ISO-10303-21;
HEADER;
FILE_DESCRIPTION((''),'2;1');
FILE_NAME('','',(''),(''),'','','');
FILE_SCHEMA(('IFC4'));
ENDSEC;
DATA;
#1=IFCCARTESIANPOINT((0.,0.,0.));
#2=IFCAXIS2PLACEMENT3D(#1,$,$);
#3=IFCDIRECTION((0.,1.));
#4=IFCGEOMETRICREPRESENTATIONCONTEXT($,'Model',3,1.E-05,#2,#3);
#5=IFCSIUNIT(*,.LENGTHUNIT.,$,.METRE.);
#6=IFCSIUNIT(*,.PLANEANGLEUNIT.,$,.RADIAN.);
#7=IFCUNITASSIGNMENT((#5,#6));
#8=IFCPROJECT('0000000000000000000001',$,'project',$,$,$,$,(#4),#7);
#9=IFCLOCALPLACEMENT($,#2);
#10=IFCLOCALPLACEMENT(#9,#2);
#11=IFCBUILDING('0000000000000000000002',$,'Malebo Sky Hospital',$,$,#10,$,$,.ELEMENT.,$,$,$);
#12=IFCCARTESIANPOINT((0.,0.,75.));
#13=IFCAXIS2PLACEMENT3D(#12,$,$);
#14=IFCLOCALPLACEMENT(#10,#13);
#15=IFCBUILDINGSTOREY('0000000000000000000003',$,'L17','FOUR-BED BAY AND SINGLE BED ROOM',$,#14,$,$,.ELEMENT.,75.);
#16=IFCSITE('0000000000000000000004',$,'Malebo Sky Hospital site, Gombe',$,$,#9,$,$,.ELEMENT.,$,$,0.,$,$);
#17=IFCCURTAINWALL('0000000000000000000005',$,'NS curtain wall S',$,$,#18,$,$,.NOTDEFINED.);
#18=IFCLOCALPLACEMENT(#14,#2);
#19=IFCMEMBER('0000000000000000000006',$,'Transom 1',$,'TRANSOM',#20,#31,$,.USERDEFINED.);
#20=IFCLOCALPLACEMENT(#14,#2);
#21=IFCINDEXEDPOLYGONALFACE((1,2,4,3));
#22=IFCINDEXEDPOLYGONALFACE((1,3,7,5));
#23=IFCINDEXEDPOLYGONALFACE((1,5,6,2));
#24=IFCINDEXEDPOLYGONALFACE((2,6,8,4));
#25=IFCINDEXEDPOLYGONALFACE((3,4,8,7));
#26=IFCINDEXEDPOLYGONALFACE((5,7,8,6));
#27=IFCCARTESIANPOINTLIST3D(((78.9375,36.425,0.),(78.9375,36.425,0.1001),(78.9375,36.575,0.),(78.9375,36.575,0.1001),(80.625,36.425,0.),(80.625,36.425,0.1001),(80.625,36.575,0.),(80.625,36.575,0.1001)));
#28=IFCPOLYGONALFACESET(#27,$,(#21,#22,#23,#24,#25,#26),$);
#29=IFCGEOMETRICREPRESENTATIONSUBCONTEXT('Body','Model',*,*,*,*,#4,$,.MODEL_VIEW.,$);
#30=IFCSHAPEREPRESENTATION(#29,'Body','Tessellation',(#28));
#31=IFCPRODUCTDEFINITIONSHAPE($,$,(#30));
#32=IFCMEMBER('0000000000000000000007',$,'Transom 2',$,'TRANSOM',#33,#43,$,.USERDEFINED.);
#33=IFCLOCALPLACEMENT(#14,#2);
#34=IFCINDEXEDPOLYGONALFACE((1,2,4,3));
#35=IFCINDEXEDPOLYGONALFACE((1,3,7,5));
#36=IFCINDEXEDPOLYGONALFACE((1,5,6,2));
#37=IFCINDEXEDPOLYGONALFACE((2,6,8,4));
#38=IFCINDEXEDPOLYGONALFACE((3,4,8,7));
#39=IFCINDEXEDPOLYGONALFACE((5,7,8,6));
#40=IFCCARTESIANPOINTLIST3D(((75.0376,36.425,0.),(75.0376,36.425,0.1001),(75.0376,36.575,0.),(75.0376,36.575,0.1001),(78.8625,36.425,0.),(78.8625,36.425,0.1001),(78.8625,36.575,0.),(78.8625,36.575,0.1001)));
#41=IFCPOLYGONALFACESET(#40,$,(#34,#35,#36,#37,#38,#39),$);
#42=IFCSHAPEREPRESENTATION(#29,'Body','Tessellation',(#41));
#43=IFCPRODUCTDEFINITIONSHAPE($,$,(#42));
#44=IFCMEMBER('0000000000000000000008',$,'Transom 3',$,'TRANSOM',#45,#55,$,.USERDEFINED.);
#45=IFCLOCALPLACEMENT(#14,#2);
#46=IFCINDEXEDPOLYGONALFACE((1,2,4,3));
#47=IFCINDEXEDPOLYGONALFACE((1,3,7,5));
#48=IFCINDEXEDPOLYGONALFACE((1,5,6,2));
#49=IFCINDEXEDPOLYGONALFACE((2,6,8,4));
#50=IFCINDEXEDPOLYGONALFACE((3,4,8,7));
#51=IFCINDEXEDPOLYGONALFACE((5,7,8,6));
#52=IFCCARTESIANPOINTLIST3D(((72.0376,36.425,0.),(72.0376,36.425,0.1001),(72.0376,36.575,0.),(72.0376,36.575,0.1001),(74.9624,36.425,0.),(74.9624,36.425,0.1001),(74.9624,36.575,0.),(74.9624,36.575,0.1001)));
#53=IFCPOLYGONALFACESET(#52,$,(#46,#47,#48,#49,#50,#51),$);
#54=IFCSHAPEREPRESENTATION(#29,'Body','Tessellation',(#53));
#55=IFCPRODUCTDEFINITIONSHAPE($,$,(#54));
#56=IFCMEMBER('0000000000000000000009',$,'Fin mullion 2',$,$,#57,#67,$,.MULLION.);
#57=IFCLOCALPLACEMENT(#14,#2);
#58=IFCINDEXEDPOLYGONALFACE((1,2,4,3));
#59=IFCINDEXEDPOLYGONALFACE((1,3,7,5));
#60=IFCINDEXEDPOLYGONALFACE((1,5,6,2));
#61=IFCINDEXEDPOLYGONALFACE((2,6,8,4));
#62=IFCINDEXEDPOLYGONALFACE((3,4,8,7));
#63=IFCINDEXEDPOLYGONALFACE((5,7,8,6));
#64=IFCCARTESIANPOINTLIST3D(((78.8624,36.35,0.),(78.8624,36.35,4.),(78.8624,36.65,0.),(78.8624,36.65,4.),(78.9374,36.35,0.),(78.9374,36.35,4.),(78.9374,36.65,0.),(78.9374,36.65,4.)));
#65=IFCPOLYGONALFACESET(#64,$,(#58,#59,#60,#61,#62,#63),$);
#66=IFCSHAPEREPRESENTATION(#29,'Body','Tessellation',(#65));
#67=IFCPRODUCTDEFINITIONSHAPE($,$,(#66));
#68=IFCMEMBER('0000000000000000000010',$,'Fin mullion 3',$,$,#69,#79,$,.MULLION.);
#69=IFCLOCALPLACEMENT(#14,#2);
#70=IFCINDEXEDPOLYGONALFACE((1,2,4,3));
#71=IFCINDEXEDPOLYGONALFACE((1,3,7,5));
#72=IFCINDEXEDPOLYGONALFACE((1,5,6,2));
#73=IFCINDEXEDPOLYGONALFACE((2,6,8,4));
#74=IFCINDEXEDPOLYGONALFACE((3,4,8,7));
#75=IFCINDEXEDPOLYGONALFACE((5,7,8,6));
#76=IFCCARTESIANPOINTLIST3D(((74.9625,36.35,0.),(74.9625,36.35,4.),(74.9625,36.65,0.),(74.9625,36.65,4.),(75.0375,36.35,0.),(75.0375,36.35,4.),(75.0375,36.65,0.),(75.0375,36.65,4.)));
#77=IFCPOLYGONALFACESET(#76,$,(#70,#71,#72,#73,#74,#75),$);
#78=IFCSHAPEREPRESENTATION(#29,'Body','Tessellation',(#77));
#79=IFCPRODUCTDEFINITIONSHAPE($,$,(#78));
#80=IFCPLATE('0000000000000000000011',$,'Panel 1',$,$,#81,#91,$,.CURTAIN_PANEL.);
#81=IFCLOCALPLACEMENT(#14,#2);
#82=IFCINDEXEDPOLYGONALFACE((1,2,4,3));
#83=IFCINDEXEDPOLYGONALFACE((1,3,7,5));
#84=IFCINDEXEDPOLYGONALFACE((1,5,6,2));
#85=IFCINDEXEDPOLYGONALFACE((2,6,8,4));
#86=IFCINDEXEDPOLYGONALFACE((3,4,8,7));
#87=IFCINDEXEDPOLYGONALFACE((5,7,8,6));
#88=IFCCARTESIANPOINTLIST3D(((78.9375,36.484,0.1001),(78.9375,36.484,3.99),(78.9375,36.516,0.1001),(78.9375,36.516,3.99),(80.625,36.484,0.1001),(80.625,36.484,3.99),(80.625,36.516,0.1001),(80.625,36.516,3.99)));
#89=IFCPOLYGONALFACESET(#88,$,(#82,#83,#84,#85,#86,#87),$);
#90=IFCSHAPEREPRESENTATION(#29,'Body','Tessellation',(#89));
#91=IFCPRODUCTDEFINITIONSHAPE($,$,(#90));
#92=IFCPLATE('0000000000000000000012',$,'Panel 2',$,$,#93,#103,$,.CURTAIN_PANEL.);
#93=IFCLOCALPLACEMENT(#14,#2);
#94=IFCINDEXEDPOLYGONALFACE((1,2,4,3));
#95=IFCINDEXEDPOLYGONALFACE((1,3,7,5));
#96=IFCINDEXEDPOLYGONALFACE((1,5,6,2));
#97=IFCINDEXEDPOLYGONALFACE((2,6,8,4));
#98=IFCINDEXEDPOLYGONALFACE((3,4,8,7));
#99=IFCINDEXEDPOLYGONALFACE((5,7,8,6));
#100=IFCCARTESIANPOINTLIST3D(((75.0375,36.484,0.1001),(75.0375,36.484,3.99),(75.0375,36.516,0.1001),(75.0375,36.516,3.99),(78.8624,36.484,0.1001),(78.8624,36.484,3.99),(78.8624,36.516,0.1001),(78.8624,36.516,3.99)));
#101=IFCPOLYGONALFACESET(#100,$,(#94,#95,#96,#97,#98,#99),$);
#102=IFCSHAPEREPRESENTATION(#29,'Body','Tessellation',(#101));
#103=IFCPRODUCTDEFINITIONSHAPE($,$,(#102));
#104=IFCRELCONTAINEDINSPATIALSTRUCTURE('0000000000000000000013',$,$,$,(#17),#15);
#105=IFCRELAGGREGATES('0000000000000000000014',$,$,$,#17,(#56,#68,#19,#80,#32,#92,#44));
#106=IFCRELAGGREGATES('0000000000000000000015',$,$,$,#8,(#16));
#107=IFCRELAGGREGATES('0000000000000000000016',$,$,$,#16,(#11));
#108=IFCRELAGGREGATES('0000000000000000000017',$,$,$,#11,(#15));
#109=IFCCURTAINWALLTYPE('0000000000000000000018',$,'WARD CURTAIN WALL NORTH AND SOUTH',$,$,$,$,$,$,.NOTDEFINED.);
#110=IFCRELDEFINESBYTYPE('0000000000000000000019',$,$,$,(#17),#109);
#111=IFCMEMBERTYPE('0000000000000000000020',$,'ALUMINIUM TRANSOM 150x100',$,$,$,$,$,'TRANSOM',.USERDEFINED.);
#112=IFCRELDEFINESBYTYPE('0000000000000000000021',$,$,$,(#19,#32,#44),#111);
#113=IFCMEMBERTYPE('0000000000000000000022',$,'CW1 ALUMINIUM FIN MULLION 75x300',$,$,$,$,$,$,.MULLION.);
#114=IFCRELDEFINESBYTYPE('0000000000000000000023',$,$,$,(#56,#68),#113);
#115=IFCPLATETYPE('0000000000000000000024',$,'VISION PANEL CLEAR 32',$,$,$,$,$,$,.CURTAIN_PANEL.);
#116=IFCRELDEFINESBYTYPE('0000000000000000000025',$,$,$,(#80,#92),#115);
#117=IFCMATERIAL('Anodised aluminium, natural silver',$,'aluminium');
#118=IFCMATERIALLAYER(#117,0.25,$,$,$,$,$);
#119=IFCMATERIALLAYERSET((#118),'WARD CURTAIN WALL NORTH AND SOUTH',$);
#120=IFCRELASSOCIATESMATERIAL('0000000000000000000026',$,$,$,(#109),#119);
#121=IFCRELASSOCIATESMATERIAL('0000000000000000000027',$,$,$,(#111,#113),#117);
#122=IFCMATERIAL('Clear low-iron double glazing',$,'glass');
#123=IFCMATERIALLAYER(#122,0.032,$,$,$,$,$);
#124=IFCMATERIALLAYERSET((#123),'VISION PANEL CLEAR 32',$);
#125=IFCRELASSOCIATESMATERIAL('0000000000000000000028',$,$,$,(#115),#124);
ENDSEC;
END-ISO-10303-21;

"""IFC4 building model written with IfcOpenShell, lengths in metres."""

from ifc_helpers import new_model, si_unit, direction, frame, origin, origin_2d, place, context, subcontext, project, spatial, rectangle, extrude, material, layer, layer_set, material_profile, profile_set, type_object, element, aggregate, save


model = new_model("IFC4")

# Units and contexts
model_context = context("Model", 3, precision=1e-05, world=origin(), true_north=direction((0.0, 1.0)))
body_context = subcontext(model_context, "Body", "Model", "MODEL_VIEW")
ifc_project = project(units=[si_unit("LENGTHUNIT", "METRE"), si_unit("PLANEANGLEUNIT", "RADIAN")], contexts=[model_context])

# Site, building, storey
site_placement = place(None, origin())
site = spatial("IfcSite", under=ifc_project, at=site_placement, Name="Malebo Sky Hospital site, Gombe", CompositionType="ELEMENT", RefElevation=0.0)
building_placement = place(site_placement, origin())
building = spatial("IfcBuilding", under=site, at=building_placement, Name="Malebo Sky Hospital", CompositionType="ELEMENT")
storey_placement = place(building_placement, frame((0.0, 0.0, 75.0)))
storey = spatial("IfcBuildingStorey", under=building, at=storey_placement, Name="L17", Description="FOUR-BED BAY AND SINGLE BED ROOM", CompositionType="ELEMENT", Elevation=75.0)

# Curtain wall, members, plates
ifc_material_1 = material(Name="Anodised aluminium, natural silver", Category="aluminium")
ifc_layer_1 = layer(ifc_material_1, 0.25)
ifc_layer_set_1 = layer_set([ifc_layer_1], Name="WARD CURTAIN WALL NORTH AND SOUTH")
curtain_wall_type = type_object("IfcCurtainWallType", Name="WARD CURTAIN WALL NORTH AND SOUTH", PredefinedType="NOTDEFINED", material=ifc_layer_set_1)
curtain_wall_placement = place(storey_placement, origin())
curtain_wall = element("IfcCurtainWall", 1, at=curtain_wall_placement, inside=storey, type_object=curtain_wall_type, Name="NS curtain wall S", PredefinedType="NOTDEFINED")
ifc_material_profile_1 = material_profile(ifc_material_1, rectangle(XDim=0.1499, YDim=0.1001, at=origin_2d()), Name="ALUMINIUM TRANSOM 150x100")
ifc_profile_set_1 = profile_set([ifc_material_profile_1], Name="Anodised aluminium, natural silver")
member_type_1 = type_object("IfcMemberType", Name="ALUMINIUM TRANSOM 150x100", ElementType="TRANSOM", PredefinedType="USERDEFINED", material=ifc_profile_set_1)
member_1_placement = place(storey_placement, frame((80.625, 36.5, 0.05), z_axis=(-1.0, 0.0, 0.0), x_axis=(0.0, -1.0, 0.0)))
member_1 = element("IfcMember", 2, at=member_1_placement, type_object=member_type_1, Name="Transom 1", ObjectType="TRANSOM", PredefinedType="USERDEFINED", context=body_context, shape_type="SweptSolid", body=[
    extrude(rectangle(XDim=0.1499, YDim=0.1001, at=origin_2d()), origin(), (0.0, 0.0, 1.0), 1.6875),
])
member_2_placement = place(storey_placement, frame((78.8625, 36.5, 0.05), z_axis=(-1.0, 0.0, 0.0), x_axis=(0.0, -1.0, 0.0)))
member_2 = element("IfcMember", 3, at=member_2_placement, type_object=member_type_1, Name="Transom 2", ObjectType="TRANSOM", PredefinedType="USERDEFINED", context=body_context, shape_type="SweptSolid", body=[
    extrude(rectangle(XDim=0.1499, YDim=0.1001, at=origin_2d()), origin(), (0.0, 0.0, 1.0), 3.825),
])
member_3_placement = place(storey_placement, frame((74.9624, 36.5, 0.05), z_axis=(-1.0, 0.0, 0.0), x_axis=(0.0, -1.0, 0.0)))
member_3 = element("IfcMember", 4, at=member_3_placement, type_object=member_type_1, Name="Transom 3", ObjectType="TRANSOM", PredefinedType="USERDEFINED", context=body_context, shape_type="SweptSolid", body=[
    extrude(rectangle(XDim=0.1499, YDim=0.1001, at=origin_2d()), origin(), (0.0, 0.0, 1.0), 2.9248),
])
ifc_material_profile_2 = material_profile(ifc_material_1, rectangle(XDim=0.075, YDim=0.3, at=origin_2d()), Name="CW1 ALUMINIUM FIN MULLION 75x300")
ifc_profile_set_2 = profile_set([ifc_material_profile_2], Name="Anodised aluminium, natural silver")
member_type_2 = type_object("IfcMemberType", Name="CW1 ALUMINIUM FIN MULLION 75x300", PredefinedType="MULLION", material=ifc_profile_set_2)
member_4_placement = place(storey_placement, frame((78.8999, 36.5, 0.0), z_axis=(0.0, 0.0, 1.0), x_axis=(-1.0, 0.0, 0.0)))
member_4 = element("IfcMember", 5, at=member_4_placement, type_object=member_type_2, Name="Fin mullion 2", PredefinedType="MULLION", context=body_context, shape_type="SweptSolid", body=[
    extrude(rectangle(XDim=0.075, YDim=0.3, at=origin_2d()), origin(), (0.0, 0.0, 1.0), 4.0),
])
member_5_placement = place(storey_placement, frame((75.0, 36.5, 0.0), z_axis=(0.0, 0.0, 1.0), x_axis=(-1.0, 0.0, 0.0)))
member_5 = element("IfcMember", 6, at=member_5_placement, type_object=member_type_2, Name="Fin mullion 3", PredefinedType="MULLION", context=body_context, shape_type="SweptSolid", body=[
    extrude(rectangle(XDim=0.075, YDim=0.3, at=origin_2d()), origin(), (0.0, 0.0, 1.0), 4.0),
])
ifc_material_2 = material(Name="Clear low-iron double glazing", Category="glass")
ifc_layer_2 = layer(ifc_material_2, 0.032)
ifc_layer_set_2 = layer_set([ifc_layer_2], Name="VISION PANEL CLEAR 32")
plate_type = type_object("IfcPlateType", Name="VISION PANEL CLEAR 32", PredefinedType="CURTAIN_PANEL", material=ifc_layer_set_2)
plate_1_placement = place(storey_placement, frame((79.7812, 36.5, 0.1001), z_axis=(0.0, 0.0, 1.0), x_axis=(-1.0, 0.0, 0.0)))
plate_1 = element("IfcPlate", 7, at=plate_1_placement, type_object=plate_type, Name="Panel 1", PredefinedType="CURTAIN_PANEL", context=body_context, shape_type="SweptSolid", body=[
    extrude(rectangle(XDim=1.6875, YDim=0.032, at=origin_2d()), origin(), (0.0, 0.0, 1.0), 3.8899),
])
plate_2_placement = place(storey_placement, frame((76.95, 36.5, 0.1001), z_axis=(0.0, 0.0, 1.0), x_axis=(-1.0, 0.0, 0.0)))
plate_2 = element("IfcPlate", 8, at=plate_2_placement, type_object=plate_type, Name="Panel 2", PredefinedType="CURTAIN_PANEL", context=body_context, shape_type="SweptSolid", body=[
    extrude(rectangle(XDim=3.825, YDim=0.032, at=origin_2d()), origin(), (0.0, 0.0, 1.0), 3.8899),
])
aggregate(curtain_wall, [member_4, member_5, member_1, plate_1, member_2, plate_2, member_3])

save(model, "model.ifc")
